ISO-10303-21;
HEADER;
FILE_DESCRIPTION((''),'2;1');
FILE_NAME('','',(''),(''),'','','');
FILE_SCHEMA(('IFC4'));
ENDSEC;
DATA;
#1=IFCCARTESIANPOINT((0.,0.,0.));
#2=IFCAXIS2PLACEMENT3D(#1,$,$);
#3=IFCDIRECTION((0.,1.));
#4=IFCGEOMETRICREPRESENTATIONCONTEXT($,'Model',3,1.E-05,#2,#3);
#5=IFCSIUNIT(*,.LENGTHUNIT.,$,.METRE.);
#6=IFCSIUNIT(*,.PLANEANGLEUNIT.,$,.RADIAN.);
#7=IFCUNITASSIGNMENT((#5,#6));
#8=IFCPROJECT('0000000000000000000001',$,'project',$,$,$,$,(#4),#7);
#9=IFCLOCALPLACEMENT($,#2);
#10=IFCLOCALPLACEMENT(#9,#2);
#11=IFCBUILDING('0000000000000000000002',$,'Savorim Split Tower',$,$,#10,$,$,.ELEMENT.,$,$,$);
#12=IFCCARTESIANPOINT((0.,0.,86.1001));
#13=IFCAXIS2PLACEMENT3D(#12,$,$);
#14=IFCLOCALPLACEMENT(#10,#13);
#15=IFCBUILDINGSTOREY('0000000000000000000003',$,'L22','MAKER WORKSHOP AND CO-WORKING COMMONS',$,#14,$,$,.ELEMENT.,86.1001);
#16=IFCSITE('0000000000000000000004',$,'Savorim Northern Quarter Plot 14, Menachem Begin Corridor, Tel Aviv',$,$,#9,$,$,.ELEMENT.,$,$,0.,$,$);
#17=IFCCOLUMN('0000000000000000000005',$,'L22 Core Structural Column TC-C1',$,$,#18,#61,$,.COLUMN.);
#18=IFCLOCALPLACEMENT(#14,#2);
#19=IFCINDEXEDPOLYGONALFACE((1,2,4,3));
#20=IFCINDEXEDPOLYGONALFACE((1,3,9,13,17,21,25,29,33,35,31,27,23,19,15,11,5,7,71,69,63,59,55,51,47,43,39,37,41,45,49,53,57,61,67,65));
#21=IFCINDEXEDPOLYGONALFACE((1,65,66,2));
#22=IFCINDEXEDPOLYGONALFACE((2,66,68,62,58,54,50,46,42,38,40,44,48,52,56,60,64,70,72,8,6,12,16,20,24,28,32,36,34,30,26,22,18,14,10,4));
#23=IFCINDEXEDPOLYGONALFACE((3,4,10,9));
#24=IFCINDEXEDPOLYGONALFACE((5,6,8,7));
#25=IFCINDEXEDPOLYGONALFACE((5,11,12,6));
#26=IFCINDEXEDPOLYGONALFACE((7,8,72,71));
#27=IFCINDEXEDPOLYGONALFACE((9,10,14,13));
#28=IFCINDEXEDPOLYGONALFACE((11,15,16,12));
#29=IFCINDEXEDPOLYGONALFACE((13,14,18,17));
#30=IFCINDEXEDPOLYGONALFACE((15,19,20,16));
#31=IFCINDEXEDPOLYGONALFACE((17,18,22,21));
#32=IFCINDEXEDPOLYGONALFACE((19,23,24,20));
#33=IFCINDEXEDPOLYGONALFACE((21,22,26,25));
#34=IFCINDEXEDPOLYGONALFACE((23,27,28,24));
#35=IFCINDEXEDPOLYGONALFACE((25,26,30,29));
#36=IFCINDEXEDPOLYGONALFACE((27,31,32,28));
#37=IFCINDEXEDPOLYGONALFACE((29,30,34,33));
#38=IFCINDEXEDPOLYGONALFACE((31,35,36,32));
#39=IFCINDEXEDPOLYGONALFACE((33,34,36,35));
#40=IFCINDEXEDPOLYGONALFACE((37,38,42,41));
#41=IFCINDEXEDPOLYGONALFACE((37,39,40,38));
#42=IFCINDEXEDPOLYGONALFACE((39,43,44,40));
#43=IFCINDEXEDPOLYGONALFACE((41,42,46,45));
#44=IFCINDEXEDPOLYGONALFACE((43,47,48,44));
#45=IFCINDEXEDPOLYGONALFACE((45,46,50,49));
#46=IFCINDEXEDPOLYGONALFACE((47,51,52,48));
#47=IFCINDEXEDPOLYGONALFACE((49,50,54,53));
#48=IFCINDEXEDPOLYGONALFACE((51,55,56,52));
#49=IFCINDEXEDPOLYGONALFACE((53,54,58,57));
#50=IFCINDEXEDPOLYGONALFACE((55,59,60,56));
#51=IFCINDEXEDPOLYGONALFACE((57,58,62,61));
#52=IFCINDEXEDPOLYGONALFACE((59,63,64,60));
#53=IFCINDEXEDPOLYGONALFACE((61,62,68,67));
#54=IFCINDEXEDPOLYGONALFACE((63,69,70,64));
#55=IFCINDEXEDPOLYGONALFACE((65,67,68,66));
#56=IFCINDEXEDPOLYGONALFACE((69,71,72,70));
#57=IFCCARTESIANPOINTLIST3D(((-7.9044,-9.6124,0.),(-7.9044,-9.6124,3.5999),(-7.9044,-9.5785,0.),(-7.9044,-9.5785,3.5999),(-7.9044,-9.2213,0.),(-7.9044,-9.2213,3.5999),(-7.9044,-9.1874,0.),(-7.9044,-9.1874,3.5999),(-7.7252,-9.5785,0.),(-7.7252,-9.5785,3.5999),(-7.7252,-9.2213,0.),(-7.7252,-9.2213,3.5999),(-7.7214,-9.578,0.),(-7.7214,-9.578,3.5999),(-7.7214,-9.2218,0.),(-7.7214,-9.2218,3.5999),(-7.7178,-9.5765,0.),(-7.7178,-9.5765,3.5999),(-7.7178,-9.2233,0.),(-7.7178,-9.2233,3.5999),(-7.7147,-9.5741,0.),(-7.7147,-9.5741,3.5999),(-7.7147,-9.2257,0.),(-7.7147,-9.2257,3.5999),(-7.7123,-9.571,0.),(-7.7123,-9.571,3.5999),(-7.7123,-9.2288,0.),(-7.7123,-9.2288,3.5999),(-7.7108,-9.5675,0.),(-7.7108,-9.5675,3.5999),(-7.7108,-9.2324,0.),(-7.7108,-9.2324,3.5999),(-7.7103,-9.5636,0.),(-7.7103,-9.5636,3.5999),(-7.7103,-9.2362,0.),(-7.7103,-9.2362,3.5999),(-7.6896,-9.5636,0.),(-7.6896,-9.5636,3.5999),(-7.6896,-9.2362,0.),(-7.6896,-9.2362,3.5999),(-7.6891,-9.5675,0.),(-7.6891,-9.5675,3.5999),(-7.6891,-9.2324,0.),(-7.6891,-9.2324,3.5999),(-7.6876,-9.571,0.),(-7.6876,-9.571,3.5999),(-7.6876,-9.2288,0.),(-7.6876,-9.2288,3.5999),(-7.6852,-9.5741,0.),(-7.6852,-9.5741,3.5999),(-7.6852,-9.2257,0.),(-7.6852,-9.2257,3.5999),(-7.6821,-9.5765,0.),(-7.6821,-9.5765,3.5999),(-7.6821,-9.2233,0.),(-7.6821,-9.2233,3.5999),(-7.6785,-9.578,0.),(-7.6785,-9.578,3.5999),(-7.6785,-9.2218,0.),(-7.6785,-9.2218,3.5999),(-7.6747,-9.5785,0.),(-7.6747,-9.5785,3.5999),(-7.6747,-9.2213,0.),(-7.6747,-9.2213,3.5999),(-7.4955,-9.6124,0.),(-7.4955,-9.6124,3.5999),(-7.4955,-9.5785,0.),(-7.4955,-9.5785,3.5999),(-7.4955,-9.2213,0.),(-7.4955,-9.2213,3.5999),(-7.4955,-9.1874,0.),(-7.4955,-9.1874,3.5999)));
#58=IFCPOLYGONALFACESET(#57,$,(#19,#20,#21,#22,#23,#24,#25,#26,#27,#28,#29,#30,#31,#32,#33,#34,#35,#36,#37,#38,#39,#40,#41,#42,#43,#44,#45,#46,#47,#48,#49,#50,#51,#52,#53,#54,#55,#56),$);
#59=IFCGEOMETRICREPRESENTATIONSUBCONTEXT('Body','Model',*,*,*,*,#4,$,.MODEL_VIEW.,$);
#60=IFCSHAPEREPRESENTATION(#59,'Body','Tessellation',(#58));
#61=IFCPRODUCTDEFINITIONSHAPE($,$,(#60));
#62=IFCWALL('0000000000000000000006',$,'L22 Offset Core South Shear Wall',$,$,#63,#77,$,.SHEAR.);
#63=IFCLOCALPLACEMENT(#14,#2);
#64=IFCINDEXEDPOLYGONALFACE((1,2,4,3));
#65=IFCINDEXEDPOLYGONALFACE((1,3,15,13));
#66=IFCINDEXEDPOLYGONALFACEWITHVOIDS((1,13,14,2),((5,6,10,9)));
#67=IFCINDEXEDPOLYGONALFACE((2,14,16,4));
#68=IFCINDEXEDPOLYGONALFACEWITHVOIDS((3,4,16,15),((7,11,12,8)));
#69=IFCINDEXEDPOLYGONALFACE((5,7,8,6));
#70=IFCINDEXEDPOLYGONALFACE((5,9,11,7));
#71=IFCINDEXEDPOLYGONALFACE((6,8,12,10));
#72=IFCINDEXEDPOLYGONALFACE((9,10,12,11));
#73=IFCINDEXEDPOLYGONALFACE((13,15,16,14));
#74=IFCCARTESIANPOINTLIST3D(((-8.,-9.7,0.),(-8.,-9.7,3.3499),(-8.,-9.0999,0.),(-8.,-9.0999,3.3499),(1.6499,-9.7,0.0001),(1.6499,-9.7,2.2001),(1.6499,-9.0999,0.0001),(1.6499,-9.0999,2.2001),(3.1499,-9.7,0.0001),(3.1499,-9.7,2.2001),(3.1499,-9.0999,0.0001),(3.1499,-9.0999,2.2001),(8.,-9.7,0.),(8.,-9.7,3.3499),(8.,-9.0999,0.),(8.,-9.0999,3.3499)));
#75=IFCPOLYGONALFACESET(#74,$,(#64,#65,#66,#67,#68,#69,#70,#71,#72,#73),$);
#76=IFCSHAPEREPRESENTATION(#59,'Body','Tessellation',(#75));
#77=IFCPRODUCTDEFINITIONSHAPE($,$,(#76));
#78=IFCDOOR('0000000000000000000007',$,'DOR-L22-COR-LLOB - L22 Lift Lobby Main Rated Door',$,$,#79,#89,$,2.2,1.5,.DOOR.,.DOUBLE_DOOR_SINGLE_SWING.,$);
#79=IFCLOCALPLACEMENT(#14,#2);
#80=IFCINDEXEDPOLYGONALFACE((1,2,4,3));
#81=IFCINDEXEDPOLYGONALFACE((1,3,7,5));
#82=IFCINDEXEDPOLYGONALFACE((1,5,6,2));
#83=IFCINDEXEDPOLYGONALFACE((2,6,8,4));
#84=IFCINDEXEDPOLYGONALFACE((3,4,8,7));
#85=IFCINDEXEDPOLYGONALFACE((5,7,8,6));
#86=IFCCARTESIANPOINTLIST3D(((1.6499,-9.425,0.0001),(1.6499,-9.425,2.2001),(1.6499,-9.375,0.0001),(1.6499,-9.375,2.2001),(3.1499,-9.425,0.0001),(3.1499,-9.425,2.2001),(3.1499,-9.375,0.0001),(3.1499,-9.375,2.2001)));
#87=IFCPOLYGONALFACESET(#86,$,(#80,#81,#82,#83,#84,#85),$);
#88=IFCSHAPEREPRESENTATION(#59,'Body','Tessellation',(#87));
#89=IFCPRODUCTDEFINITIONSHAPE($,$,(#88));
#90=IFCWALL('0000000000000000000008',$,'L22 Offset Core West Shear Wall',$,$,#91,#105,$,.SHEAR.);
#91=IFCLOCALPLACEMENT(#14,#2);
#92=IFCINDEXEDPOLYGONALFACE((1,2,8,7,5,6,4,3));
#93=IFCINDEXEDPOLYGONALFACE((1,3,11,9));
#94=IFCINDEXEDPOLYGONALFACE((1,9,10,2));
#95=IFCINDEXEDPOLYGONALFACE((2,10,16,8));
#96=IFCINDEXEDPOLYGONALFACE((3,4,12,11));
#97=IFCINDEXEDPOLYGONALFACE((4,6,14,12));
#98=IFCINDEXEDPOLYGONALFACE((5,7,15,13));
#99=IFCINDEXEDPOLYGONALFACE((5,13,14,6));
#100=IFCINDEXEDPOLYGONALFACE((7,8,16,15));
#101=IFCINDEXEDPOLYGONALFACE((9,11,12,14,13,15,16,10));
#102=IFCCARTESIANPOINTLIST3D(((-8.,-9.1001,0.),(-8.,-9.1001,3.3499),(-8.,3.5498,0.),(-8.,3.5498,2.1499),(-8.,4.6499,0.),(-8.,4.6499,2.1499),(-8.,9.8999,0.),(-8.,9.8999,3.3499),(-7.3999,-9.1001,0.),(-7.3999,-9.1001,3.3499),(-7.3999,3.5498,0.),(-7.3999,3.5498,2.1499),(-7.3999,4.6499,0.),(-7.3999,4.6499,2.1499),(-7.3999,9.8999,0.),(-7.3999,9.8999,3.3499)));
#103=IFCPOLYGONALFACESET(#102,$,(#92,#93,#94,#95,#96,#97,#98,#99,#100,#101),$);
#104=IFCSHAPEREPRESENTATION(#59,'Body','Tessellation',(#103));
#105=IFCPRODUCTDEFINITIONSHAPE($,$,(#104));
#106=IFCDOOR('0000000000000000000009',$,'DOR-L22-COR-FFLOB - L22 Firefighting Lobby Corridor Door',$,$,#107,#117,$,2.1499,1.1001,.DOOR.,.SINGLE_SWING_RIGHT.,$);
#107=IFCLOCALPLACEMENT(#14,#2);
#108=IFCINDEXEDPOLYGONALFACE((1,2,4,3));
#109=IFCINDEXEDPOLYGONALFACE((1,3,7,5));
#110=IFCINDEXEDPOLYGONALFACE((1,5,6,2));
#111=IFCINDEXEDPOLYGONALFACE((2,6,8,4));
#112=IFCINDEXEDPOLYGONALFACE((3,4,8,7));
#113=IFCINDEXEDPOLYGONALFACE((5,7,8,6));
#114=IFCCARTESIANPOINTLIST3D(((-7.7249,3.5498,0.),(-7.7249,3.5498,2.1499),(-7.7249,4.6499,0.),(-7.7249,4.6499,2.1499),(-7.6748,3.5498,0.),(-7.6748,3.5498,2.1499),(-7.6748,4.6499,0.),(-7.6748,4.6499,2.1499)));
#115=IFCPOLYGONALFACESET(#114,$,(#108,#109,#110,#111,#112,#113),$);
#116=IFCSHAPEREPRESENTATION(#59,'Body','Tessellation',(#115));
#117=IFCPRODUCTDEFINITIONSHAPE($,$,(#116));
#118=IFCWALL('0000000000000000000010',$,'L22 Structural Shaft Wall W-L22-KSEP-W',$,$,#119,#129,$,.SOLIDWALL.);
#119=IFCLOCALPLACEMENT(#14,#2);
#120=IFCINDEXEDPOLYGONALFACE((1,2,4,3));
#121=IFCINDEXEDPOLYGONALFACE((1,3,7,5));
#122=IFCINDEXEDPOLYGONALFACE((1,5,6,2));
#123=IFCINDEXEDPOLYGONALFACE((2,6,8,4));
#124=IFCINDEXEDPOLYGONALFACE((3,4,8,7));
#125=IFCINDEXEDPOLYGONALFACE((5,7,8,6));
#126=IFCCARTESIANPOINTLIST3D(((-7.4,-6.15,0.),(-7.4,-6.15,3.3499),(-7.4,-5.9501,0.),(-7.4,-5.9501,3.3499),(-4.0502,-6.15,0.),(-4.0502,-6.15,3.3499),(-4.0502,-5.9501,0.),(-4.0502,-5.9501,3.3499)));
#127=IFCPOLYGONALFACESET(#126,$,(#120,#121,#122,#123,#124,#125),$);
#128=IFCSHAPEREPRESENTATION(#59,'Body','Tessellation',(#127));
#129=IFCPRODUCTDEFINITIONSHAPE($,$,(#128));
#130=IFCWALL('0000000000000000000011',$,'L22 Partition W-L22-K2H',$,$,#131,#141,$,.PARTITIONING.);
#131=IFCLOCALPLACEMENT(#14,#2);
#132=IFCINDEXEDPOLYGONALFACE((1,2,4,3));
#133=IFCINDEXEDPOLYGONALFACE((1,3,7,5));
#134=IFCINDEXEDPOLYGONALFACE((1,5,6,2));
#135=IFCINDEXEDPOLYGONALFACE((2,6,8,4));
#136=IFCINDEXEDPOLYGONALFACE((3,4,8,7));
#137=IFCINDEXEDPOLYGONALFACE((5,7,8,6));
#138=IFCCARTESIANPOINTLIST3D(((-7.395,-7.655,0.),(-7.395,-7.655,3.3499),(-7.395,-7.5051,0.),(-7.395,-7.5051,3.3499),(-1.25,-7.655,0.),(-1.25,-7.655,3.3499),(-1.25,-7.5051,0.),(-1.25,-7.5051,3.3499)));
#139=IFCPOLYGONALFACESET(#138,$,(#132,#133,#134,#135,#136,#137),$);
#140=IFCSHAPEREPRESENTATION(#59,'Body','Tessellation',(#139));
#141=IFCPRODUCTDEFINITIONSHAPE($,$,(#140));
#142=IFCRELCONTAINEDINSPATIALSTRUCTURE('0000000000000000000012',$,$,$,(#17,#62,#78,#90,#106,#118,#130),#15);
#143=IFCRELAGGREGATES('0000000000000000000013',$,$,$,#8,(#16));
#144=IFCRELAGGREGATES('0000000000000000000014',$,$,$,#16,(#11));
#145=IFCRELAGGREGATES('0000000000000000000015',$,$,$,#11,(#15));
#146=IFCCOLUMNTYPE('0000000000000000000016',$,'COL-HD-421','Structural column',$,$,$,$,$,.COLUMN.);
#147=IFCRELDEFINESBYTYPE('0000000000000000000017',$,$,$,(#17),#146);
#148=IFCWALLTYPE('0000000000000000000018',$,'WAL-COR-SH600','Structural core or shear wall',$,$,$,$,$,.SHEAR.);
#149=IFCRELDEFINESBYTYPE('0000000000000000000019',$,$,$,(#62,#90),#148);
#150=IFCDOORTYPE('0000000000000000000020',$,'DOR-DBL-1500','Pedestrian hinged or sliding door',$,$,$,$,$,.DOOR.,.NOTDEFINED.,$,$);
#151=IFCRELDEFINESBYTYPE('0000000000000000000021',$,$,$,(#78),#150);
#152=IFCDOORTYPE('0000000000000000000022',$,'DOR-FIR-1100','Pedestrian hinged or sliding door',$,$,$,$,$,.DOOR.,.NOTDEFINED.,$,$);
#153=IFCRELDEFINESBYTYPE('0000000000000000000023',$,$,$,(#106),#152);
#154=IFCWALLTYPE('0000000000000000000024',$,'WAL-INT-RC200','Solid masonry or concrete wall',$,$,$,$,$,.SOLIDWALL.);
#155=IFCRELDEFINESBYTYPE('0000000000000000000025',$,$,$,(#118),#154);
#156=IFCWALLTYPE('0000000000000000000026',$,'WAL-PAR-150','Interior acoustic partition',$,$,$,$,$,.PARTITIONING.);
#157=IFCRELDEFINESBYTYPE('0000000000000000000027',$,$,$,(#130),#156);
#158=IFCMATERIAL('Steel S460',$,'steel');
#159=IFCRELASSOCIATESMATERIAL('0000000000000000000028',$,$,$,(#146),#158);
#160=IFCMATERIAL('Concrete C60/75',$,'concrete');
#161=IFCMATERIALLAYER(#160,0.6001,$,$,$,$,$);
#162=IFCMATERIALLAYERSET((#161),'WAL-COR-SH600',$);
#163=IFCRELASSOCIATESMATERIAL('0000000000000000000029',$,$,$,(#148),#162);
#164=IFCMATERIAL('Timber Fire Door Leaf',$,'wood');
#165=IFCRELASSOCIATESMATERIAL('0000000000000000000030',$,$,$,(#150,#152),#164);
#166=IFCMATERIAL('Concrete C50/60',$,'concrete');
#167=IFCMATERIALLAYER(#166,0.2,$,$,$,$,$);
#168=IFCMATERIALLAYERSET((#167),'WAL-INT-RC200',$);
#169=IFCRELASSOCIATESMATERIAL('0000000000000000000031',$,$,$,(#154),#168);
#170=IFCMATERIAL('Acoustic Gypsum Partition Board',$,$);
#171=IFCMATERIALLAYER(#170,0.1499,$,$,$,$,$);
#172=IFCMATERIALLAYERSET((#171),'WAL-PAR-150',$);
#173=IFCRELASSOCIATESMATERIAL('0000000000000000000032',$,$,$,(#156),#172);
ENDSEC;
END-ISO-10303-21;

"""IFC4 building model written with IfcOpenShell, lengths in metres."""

from ifc_helpers import new_model, si_unit, direction, frame, frame_2d, origin, origin_2d, place, context, subcontext, project, spatial, rectangle, i_section, extrude, material, layer, layer_set, material_profile, profile_set, type_object, element, fill, save


model = new_model("IFC4")

# Units and contexts
model_context = context("Model", 3, precision=1e-05, world=origin(), true_north=direction((0.0, 1.0)))
body_context = subcontext(model_context, "Body", "Model", "MODEL_VIEW")
ifc_project = project(units=[si_unit("LENGTHUNIT", "METRE"), si_unit("PLANEANGLEUNIT", "RADIAN")], contexts=[model_context])

# Site, building, storey
site_placement = place(None, origin())
site = spatial("IfcSite", under=ifc_project, at=site_placement, Name="Savorim Northern Quarter Plot 14, Menachem Begin Corridor, Tel Aviv", CompositionType="ELEMENT", RefElevation=0.0)
building_placement = place(site_placement, origin())
building = spatial("IfcBuilding", under=site, at=building_placement, Name="Savorim Split Tower", CompositionType="ELEMENT")
storey_placement = place(building_placement, frame((0.0, 0.0, 86.1001)))
storey = spatial("IfcBuildingStorey", under=building, at=storey_placement, Name="L22", Description="MAKER WORKSHOP AND CO-WORKING COMMONS", CompositionType="ELEMENT", Elevation=86.1001)

# Column
ifc_material_1 = material(Name="Steel S460", Category="steel")
ifc_material_profile = material_profile(ifc_material_1, i_section(OverallWidth=0.4089, OverallDepth=0.425, WebThickness=0.0208, FlangeThickness=0.0339, FilletRadius=0.0149, at=origin_2d()), Name="HD 400x421")
ifc_profile_set = profile_set([ifc_material_profile], Name="Steel S460")
column_type = type_object("IfcColumnType", Name="COL-HD-421", Description="Structural column", PredefinedType="COLUMN", material=ifc_profile_set)
column_placement = place(storey_placement, frame((-7.7, -9.3999, 0.0), z_axis=(0.0, 0.0, 1.0), x_axis=(1.0, 0.0, 0.0)))
element("IfcColumn", 1, at=column_placement, inside=storey, type_object=column_type, Name="L22 Core Structural Column TC-C1", PredefinedType="COLUMN", context=body_context, shape_type="SweptSolid", body=[
    extrude(i_section(OverallWidth=0.4089, OverallDepth=0.425, WebThickness=0.0208, FlangeThickness=0.0339, FilletRadius=0.0149, at=origin_2d()), origin(), (0.0, 0.0, 1.0), 3.5999),
])

# Walls, openings, doors
ifc_material_2 = material(Name="Concrete C60/75", Category="concrete")
ifc_layer_1 = layer(ifc_material_2, 0.6001)
ifc_layer_set_1 = layer_set([ifc_layer_1], Name="WAL-COR-SH600")
wall_type_1 = type_object("IfcWallType", Name="WAL-COR-SH600", Description="Structural core or shear wall", PredefinedType="SHEAR", material=ifc_layer_set_1)
wall_1_placement = place(storey_placement, frame((-8.0, -9.3999, 0.0), z_axis=(0.0, 0.0, 1.0), x_axis=(1.0, 0.0, 0.0)))
wall_1 = element("IfcWall", 2, at=wall_1_placement, inside=storey, type_object=wall_type_1, Name="L22 Offset Core South Shear Wall", PredefinedType="SHEAR", context=body_context, shape_type="SweptSolid", body=[
    extrude(rectangle(XDim=16.0, YDim=0.6001, at=frame_2d((8.0, 0.0))), origin(), (0.0, 0.0, 1.0), 3.3499),
])
opening_1_placement = place(wall_1_placement, frame((9.6499, 0.0, 0.0)))
opening_1 = element("IfcOpeningElement", 3, at=opening_1_placement, cuts=wall_1, PredefinedType="OPENING", context=body_context, shape_type="SweptSolid", body=[
    extrude(rectangle(XDim=1.5, YDim=2.2, at=frame_2d((0.75, 1.1001))), frame((0.0, 0.3101, 0.0), z_axis=(0.0, -1.0, 0.0), x_axis=(1.0, 0.0, 0.0)), (0.0, 0.0, 1.0), 0.6201),
])
ifc_material_3 = material(Name="Timber Fire Door Leaf", Category="wood")
door_type_1 = type_object("IfcDoorType", Name="DOR-DBL-1500", Description="Pedestrian hinged or sliding door", OperationType="NOTDEFINED", PredefinedType="DOOR", material=ifc_material_3)
door_1_placement = place(opening_1_placement, origin())
door_1 = element("IfcDoor", 4, at=door_1_placement, inside=storey, type_object=door_type_1, Name="DOR-L22-COR-LLOB - L22 Lift Lobby Main Rated Door", OperationType="DOUBLE_DOOR_SINGLE_SWING", OverallHeight=2.2, OverallWidth=1.5, PredefinedType="DOOR", context=body_context, shape_type="SweptSolid", body=[
    extrude(rectangle(XDim=1.5, YDim=2.2, at=frame_2d((0.75, 1.1001))), frame((0.0, 0.0249, 0.0), z_axis=(0.0, -1.0, 0.0), x_axis=(1.0, 0.0, 0.0)), (0.0, 0.0, 1.0), 0.05),
])
fill(opening_1, door_1)
wall_2_placement = place(storey_placement, frame((-7.7, -9.1001, 0.0), z_axis=(0.0, 0.0, 1.0), x_axis=(0.0, 1.0, 0.0)))
wall_2 = element("IfcWall", 5, at=wall_2_placement, inside=storey, type_object=wall_type_1, Name="L22 Offset Core West Shear Wall", PredefinedType="SHEAR", context=body_context, shape_type="SweptSolid", body=[
    extrude(rectangle(XDim=19.0, YDim=0.6001, at=frame_2d((9.5, 0.0))), origin(), (0.0, 0.0, 1.0), 3.3499),
])
opening_2_placement = place(wall_2_placement, frame((12.6499, 0.0, 0.0)))
opening_2 = element("IfcOpeningElement", 6, at=opening_2_placement, cuts=wall_2, PredefinedType="OPENING", context=body_context, shape_type="SweptSolid", body=[
    extrude(rectangle(XDim=1.1001, YDim=2.1499, at=frame_2d((0.55, 1.075))), frame((0.0, 0.3101, 0.0), z_axis=(0.0, -1.0, 0.0), x_axis=(1.0, 0.0, 0.0)), (0.0, 0.0, 1.0), 0.6201),
])
door_type_2 = type_object("IfcDoorType", Name="DOR-FIR-1100", Description="Pedestrian hinged or sliding door", OperationType="NOTDEFINED", PredefinedType="DOOR", material=ifc_material_3)
door_2_placement = place(opening_2_placement, origin())
door_2 = element("IfcDoor", 7, at=door_2_placement, inside=storey, type_object=door_type_2, Name="DOR-L22-COR-FFLOB - L22 Firefighting Lobby Corridor Door", OperationType="SINGLE_SWING_RIGHT", OverallHeight=2.1499, OverallWidth=1.1001, PredefinedType="DOOR", context=body_context, shape_type="SweptSolid", body=[
    extrude(rectangle(XDim=1.1001, YDim=2.1499, at=frame_2d((0.55, 1.075))), frame((0.0, 0.0249, 0.0), z_axis=(0.0, -1.0, 0.0), x_axis=(1.0, 0.0, 0.0)), (0.0, 0.0, 1.0), 0.05),
])
fill(opening_2, door_2)

# Walls
ifc_material_4 = material(Name="Concrete C50/60", Category="concrete")
ifc_layer_2 = layer(ifc_material_4, 0.2)
ifc_layer_set_2 = layer_set([ifc_layer_2], Name="WAL-INT-RC200")
wall_type_2 = type_object("IfcWallType", Name="WAL-INT-RC200", Description="Solid masonry or concrete wall", PredefinedType="SOLIDWALL", material=ifc_layer_set_2)
wall_3_placement = place(storey_placement, frame((-7.3999, -6.05, 0.0), z_axis=(0.0, 0.0, 1.0), x_axis=(1.0, 0.0, 0.0)))
element("IfcWall", 8, at=wall_3_placement, inside=storey, type_object=wall_type_2, Name="L22 Structural Shaft Wall W-L22-KSEP-W", PredefinedType="SOLIDWALL", context=body_context, shape_type="SweptSolid", body=[
    extrude(rectangle(XDim=3.3499, YDim=0.2, at=frame_2d((1.6748, 0.0))), origin(), (0.0, 0.0, 1.0), 3.3499),
])
ifc_material_5 = material(Name="Acoustic Gypsum Partition Board")
ifc_layer_3 = layer(ifc_material_5, 0.1499)
ifc_layer_set_3 = layer_set([ifc_layer_3], Name="WAL-PAR-150")
wall_type_3 = type_object("IfcWallType", Name="WAL-PAR-150", Description="Interior acoustic partition", PredefinedType="PARTITIONING", material=ifc_layer_set_3)
wall_4_placement = place(storey_placement, frame((-7.395, -7.5801, 0.0), z_axis=(0.0, 0.0, 1.0), x_axis=(1.0, 0.0, 0.0)))
element("IfcWall", 9, at=wall_4_placement, inside=storey, type_object=wall_type_3, Name="L22 Partition W-L22-K2H", PredefinedType="PARTITIONING", context=body_context, shape_type="SweptSolid", body=[
    extrude(rectangle(XDim=6.145, YDim=0.1499, at=frame_2d((3.0725, 0.0))), origin(), (0.0, 0.0, 1.0), 3.3499),
])

save(model, "model.ifc")
